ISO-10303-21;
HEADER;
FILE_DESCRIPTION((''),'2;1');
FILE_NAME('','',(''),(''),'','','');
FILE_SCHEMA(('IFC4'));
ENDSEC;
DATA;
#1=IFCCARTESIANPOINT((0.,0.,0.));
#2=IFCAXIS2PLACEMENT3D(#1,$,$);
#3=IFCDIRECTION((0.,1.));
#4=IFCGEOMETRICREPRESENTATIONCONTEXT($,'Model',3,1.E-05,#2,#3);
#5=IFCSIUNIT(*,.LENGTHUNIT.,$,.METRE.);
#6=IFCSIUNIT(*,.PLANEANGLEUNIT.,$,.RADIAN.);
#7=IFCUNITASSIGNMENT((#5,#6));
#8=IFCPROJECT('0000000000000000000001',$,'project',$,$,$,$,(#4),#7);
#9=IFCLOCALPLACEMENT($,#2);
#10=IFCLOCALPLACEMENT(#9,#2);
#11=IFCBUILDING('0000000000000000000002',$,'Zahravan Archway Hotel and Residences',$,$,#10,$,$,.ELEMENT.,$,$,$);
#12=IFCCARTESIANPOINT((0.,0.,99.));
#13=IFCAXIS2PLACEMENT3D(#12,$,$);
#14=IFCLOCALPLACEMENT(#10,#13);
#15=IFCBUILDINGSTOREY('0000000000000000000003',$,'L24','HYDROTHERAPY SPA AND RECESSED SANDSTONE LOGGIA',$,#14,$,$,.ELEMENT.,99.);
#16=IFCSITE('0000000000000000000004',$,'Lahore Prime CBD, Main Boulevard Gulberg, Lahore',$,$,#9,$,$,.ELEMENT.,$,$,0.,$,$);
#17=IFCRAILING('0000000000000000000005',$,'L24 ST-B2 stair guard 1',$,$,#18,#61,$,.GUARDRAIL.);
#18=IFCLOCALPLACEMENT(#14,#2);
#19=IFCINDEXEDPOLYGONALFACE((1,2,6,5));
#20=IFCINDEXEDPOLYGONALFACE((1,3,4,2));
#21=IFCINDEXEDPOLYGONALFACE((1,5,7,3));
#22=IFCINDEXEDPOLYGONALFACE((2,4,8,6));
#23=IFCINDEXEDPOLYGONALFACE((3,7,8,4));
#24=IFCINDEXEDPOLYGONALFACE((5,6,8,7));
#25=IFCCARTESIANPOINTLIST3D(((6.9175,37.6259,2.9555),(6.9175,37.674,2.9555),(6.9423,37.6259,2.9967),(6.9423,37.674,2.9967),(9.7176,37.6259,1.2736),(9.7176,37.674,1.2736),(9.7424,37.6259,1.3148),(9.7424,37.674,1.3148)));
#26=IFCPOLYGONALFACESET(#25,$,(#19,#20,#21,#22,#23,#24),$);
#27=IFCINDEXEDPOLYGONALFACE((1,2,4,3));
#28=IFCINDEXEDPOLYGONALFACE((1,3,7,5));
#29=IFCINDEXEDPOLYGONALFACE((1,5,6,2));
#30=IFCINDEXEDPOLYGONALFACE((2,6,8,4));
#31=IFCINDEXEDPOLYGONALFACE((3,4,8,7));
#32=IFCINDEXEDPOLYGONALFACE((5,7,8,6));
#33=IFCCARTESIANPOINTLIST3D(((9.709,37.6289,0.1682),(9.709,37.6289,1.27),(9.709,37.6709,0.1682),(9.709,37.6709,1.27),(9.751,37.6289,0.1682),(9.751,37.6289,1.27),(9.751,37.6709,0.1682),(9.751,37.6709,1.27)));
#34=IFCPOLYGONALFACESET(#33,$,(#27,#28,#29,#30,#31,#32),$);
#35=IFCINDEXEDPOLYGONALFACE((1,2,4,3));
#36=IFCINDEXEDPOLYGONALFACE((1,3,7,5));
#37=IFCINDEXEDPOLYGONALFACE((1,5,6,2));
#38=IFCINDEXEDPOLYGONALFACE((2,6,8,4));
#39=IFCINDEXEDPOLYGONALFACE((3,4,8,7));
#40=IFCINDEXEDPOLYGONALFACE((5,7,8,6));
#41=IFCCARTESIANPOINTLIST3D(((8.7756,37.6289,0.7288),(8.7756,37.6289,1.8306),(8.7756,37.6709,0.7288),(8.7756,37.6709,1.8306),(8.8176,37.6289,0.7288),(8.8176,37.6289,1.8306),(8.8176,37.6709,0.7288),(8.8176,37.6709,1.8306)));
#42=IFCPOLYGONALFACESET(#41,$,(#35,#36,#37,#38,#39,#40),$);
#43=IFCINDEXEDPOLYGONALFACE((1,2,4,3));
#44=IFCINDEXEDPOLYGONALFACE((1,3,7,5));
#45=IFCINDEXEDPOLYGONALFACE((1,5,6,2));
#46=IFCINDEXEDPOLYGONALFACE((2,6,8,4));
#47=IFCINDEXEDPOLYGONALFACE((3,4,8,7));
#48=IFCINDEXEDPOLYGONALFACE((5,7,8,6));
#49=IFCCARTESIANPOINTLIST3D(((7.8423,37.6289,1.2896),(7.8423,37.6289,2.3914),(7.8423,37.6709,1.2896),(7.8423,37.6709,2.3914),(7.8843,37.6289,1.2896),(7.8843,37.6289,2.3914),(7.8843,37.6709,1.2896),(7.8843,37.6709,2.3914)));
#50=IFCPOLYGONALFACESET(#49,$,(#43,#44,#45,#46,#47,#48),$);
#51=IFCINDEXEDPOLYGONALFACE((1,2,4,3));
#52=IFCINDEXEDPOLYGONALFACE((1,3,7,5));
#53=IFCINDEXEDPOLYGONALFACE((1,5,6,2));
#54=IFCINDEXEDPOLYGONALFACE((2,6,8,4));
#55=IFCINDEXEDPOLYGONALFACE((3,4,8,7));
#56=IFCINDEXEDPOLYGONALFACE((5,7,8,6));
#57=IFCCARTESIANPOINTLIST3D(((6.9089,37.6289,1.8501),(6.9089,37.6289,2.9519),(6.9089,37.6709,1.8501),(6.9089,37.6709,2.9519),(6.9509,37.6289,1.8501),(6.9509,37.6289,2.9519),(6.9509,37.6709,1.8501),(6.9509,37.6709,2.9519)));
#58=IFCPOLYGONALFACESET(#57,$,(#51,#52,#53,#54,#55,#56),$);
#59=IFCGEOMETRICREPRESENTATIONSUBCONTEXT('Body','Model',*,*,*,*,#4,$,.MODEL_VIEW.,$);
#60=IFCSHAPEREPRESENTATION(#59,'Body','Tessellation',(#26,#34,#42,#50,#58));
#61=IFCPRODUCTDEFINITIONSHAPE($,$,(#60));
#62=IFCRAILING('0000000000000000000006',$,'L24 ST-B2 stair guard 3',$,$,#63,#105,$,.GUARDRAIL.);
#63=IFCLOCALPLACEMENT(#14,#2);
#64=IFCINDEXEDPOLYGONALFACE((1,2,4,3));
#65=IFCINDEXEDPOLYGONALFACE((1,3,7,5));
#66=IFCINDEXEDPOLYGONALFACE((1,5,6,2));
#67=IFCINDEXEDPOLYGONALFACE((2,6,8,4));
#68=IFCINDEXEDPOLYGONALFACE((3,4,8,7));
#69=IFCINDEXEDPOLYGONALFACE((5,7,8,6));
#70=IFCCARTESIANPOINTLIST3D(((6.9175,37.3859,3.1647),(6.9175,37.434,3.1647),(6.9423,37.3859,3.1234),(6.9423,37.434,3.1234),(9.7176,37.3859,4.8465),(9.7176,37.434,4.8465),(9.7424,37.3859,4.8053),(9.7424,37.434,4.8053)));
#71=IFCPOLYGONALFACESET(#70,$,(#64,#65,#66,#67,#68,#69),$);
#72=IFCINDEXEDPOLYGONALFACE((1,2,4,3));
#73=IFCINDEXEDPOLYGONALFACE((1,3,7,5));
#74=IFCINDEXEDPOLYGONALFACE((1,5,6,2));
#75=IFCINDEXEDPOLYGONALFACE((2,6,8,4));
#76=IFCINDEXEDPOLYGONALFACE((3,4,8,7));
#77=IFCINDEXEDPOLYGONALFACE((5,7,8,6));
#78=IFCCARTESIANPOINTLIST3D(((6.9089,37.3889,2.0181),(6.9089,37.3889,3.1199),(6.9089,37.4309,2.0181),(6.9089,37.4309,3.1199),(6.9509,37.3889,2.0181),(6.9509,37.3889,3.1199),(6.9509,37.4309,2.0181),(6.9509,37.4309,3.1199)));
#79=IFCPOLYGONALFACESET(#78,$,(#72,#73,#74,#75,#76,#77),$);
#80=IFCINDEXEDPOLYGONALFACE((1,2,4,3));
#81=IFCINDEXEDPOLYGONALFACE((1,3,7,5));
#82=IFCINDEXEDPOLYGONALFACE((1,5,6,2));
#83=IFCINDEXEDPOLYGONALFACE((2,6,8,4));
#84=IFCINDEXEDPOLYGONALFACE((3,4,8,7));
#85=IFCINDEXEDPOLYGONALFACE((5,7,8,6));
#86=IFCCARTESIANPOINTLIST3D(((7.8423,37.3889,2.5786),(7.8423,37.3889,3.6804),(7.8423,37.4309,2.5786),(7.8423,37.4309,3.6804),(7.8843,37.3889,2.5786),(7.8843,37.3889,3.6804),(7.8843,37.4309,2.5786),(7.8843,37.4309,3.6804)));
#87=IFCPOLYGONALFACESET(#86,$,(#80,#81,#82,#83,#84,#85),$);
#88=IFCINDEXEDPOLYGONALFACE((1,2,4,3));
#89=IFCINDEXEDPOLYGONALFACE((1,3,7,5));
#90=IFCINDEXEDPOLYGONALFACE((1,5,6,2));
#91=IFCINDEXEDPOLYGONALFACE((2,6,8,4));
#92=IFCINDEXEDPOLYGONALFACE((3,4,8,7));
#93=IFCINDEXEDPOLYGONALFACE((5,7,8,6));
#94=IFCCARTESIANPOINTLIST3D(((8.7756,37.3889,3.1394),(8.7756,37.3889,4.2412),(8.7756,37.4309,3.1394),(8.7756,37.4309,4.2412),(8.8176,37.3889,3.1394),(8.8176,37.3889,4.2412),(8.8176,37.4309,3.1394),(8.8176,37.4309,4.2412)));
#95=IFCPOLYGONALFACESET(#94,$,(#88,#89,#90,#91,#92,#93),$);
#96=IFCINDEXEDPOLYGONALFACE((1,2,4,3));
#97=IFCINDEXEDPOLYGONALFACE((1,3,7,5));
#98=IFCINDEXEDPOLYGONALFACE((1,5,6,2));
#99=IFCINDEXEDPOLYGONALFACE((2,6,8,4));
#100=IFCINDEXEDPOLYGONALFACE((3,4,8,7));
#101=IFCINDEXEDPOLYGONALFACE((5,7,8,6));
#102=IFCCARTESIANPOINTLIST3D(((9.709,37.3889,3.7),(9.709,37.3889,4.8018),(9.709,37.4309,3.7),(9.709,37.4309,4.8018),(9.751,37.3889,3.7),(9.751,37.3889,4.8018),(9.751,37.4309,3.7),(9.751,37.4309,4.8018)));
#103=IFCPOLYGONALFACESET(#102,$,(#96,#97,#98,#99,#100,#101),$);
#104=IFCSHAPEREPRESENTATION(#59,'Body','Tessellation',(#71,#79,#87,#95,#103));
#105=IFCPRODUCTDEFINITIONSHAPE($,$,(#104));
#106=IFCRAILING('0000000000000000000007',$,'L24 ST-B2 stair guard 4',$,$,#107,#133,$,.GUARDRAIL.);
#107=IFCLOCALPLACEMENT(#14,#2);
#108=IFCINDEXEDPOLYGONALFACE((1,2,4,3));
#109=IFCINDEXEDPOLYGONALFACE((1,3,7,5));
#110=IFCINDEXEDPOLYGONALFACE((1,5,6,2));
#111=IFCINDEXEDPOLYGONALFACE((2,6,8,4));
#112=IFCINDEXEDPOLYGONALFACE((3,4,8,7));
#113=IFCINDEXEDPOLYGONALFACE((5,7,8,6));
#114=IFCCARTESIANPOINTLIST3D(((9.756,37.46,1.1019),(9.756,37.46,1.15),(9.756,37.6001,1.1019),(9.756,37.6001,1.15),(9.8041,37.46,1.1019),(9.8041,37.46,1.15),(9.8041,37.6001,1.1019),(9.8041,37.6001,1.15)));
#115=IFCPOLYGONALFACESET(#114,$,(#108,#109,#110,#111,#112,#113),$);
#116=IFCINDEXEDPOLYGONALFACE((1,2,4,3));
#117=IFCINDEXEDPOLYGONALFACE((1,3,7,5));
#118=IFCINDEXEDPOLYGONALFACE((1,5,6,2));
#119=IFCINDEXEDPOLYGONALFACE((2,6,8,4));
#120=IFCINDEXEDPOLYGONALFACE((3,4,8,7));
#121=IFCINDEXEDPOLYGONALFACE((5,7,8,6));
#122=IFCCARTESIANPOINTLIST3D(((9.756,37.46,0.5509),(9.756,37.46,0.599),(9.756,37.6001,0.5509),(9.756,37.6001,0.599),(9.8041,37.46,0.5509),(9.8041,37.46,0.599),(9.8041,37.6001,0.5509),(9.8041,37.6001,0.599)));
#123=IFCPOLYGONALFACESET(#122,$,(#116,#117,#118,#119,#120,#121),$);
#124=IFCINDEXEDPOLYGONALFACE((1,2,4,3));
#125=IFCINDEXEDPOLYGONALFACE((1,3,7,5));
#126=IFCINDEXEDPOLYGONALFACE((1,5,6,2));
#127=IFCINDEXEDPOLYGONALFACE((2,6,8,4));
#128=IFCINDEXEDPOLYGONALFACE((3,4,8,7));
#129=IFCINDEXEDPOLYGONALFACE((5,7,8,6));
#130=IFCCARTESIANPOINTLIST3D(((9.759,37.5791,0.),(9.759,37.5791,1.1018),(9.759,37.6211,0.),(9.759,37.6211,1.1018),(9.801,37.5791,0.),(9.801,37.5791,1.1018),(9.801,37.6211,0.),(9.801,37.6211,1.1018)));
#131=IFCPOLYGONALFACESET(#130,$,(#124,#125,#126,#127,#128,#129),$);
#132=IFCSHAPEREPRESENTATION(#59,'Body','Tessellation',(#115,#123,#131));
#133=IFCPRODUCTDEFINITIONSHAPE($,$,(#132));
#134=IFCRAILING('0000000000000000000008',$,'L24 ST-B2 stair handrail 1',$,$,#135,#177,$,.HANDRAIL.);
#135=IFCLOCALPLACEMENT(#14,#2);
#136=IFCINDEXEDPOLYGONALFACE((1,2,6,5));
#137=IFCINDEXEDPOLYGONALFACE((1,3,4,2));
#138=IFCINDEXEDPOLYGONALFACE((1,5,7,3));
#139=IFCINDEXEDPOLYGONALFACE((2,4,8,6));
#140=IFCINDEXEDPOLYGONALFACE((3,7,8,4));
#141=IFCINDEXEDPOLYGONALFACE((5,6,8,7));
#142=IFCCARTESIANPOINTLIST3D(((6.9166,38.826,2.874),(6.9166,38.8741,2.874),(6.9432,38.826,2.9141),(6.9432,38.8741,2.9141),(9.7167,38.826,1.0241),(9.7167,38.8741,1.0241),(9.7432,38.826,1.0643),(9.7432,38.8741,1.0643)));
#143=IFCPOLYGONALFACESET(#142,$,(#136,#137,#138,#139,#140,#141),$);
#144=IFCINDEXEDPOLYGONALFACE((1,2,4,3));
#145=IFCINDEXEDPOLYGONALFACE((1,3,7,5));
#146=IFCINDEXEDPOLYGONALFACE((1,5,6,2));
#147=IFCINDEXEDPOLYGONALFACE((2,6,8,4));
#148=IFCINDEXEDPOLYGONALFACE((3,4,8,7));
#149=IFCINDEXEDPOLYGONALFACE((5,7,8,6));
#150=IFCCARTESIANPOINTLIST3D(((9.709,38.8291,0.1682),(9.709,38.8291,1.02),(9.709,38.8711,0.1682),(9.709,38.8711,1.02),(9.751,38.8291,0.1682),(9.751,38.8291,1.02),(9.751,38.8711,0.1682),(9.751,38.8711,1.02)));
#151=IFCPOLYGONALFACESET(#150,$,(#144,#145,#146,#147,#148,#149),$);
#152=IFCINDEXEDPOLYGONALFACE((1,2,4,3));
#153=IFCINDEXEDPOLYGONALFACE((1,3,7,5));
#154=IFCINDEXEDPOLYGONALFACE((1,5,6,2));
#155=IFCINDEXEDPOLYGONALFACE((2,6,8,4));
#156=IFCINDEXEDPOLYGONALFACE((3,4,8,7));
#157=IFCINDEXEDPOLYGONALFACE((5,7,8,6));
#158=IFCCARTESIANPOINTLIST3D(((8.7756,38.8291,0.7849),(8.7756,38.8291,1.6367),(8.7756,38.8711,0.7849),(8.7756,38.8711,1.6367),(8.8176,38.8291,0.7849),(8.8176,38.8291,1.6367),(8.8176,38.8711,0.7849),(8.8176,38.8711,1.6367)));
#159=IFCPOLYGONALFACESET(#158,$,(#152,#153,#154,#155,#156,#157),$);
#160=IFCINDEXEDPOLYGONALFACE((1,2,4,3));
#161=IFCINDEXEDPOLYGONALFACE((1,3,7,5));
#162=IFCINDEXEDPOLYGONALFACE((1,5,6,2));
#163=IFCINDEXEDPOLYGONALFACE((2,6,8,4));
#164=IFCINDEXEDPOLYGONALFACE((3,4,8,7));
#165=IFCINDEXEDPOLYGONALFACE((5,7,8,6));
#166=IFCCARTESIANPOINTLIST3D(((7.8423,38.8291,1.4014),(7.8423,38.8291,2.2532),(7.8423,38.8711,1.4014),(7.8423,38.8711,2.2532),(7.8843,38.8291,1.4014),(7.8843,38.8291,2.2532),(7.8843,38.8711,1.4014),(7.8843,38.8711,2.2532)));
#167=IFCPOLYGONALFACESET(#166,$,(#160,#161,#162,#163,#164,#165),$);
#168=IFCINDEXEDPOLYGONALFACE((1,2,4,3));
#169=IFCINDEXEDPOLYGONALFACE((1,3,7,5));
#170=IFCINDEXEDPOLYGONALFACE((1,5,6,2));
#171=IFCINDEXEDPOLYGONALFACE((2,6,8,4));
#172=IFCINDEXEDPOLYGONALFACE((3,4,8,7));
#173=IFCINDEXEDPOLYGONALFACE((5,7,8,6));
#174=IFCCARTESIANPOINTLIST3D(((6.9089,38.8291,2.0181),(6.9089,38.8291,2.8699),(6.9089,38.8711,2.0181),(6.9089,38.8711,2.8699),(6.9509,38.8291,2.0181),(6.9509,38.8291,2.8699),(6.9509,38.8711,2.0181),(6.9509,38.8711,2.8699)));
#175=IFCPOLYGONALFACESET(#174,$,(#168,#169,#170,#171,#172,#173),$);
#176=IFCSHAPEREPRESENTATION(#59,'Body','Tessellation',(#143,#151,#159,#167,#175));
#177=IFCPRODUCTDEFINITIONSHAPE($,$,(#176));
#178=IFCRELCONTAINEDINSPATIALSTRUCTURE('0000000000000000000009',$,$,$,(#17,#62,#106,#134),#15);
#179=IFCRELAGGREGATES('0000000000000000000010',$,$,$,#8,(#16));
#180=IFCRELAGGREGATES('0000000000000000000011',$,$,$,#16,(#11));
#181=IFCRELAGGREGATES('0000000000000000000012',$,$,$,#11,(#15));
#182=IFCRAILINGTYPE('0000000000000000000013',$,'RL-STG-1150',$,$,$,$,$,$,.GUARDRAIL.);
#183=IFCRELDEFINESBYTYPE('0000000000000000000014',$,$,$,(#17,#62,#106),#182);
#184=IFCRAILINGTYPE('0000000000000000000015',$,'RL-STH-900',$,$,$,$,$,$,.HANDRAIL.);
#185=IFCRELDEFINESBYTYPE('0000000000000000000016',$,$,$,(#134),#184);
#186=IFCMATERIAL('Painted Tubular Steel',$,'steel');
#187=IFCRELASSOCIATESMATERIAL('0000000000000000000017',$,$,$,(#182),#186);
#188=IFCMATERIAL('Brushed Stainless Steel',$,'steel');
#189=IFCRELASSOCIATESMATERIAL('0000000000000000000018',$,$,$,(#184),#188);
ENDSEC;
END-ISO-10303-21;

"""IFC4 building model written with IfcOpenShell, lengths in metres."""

from ifc_helpers import new_model, si_unit, direction, frame, origin, origin_2d, place, context, subcontext, project, spatial, rectangle, extrude, material, type_object, element, save


model = new_model("IFC4")

# Units and contexts
model_context = context("Model", 3, precision=1e-05, world=origin(), true_north=direction((0.0, 1.0)))
body_context = subcontext(model_context, "Body", "Model", "MODEL_VIEW")
ifc_project = project(units=[si_unit("LENGTHUNIT", "METRE"), si_unit("PLANEANGLEUNIT", "RADIAN")], contexts=[model_context])

# Site, building, storey
site_placement = place(None, origin())
site = spatial("IfcSite", under=ifc_project, at=site_placement, Name="Lahore Prime CBD, Main Boulevard Gulberg, Lahore", CompositionType="ELEMENT", RefElevation=0.0)
building_placement = place(site_placement, origin())
building = spatial("IfcBuilding", under=site, at=building_placement, Name="Zahravan Archway Hotel and Residences", CompositionType="ELEMENT")
storey_placement = place(building_placement, frame((0.0, 0.0, 99.0)))
storey = spatial("IfcBuildingStorey", under=building, at=storey_placement, Name="L24", Description="HYDROTHERAPY SPA AND RECESSED SANDSTONE LOGGIA", CompositionType="ELEMENT", Elevation=99.0)

# Railings
ifc_material_1 = material(Name="Painted Tubular Steel", Category="steel")
railing_type_1 = type_object("IfcRailingType", Name="RL-STG-1150", PredefinedType="GUARDRAIL", material=ifc_material_1)
railing_1_placement = place(storey_placement, frame((9.73, 37.6499, 0.1682)))
element("IfcRailing", 1, at=railing_1_placement, inside=storey, type_object=railing_type_1, Name="L24 ST-B2 stair guard 1", PredefinedType="GUARDRAIL", context=body_context, shape_type="SweptSolid", body=[
    extrude(rectangle(XDim=0.0481, YDim=0.0481, at=origin_2d()), frame((0.0, 0.0, 1.126), z_axis=(-0.857242, 0.0, 0.514913), x_axis=(0.0, -1.0, 0.0)), (0.0, 0.0, 1.0), 3.2664),
    extrude(rectangle(XDim=0.042, YDim=0.042, at=origin_2d()), origin(), (0.0, 0.0, 1.0), 1.1018),
    extrude(rectangle(XDim=0.042, YDim=0.042, at=origin_2d()), frame((-0.9333, 0.0, 0.5605)), (0.0, 0.0, 1.0), 1.1018),
    extrude(rectangle(XDim=0.042, YDim=0.042, at=origin_2d()), frame((-1.8667, 0.0, 1.1213)), (0.0, 0.0, 1.0), 1.1018),
    extrude(rectangle(XDim=0.042, YDim=0.042, at=origin_2d()), frame((-2.8, 0.0, 1.6819)), (0.0, 0.0, 1.0), 1.1018),
])
railing_2_placement = place(storey_placement, frame((6.9299, 37.4099, 2.0181)))
element("IfcRailing", 2, at=railing_2_placement, inside=storey, type_object=railing_type_1, Name="L24 ST-B2 stair guard 3", PredefinedType="GUARDRAIL", context=body_context, shape_type="SweptSolid", body=[
    extrude(rectangle(XDim=0.0481, YDim=0.0481, at=origin_2d()), frame((0.0, 0.0, 1.126), z_axis=(0.857242, 0.0, 0.514913), x_axis=(0.0, 1.0, 0.0)), (0.0, 0.0, 1.0), 3.2664),
    extrude(rectangle(XDim=0.042, YDim=0.042, at=origin_2d()), origin(), (0.0, 0.0, 1.0), 1.1018),
    extrude(rectangle(XDim=0.042, YDim=0.042, at=origin_2d()), frame((0.9333, 0.0, 0.5605)), (0.0, 0.0, 1.0), 1.1018),
    extrude(rectangle(XDim=0.042, YDim=0.042, at=origin_2d()), frame((1.8667, 0.0, 1.1213)), (0.0, 0.0, 1.0), 1.1018),
    extrude(rectangle(XDim=0.042, YDim=0.042, at=origin_2d()), frame((2.8, 0.0, 1.6819)), (0.0, 0.0, 1.0), 1.1018),
])
railing_3_placement = place(storey_placement, frame((9.78, 37.6001, 0.0)))
element("IfcRailing", 3, at=railing_3_placement, inside=storey, type_object=railing_type_1, Name="L24 ST-B2 stair guard 4", PredefinedType="GUARDRAIL", context=body_context, shape_type="SweptSolid", body=[
    extrude(rectangle(XDim=0.0481, YDim=0.0481, at=origin_2d()), frame((0.0, 0.0, 1.126), z_axis=(0.0, -1.0, 0.0), x_axis=(1.0, 0.0, 0.0)), (0.0, 0.0, 1.0), 0.1401),
    extrude(rectangle(XDim=0.0481, YDim=0.0481, at=origin_2d()), frame((0.0, 0.0, 0.575), z_axis=(0.0, -1.0, 0.0), x_axis=(1.0, 0.0, 0.0)), (0.0, 0.0, 1.0), 0.1401),
    extrude(rectangle(XDim=0.042, YDim=0.042, at=origin_2d()), origin(), (0.0, 0.0, 1.0), 1.1018),
])
ifc_material_2 = material(Name="Brushed Stainless Steel", Category="steel")
railing_type_2 = type_object("IfcRailingType", Name="RL-STH-900", PredefinedType="HANDRAIL", material=ifc_material_2)
railing_4_placement = place(storey_placement, frame((9.73, 38.8501, 0.1682)))
element("IfcRailing", 4, at=railing_4_placement, inside=storey, type_object=railing_type_2, Name="L24 ST-B2 stair handrail 1", PredefinedType="HANDRAIL", context=body_context, shape_type="SweptSolid", body=[
    extrude(rectangle(XDim=0.0481, YDim=0.0481, at=origin_2d()), frame((0.0, 0.0, 0.876), z_axis=(-0.83436, 0.0, 0.55122), x_axis=(0.0, -1.0, 0.0)), (0.0, 0.0, 1.0), 3.356),
    extrude(rectangle(XDim=0.042, YDim=0.042, at=origin_2d()), origin(), (0.0, 0.0, 1.0), 0.8518),
    extrude(rectangle(XDim=0.042, YDim=0.042, at=origin_2d()), frame((-0.9333, 0.0, 0.6167)), (0.0, 0.0, 1.0), 0.8518),
    extrude(rectangle(XDim=0.042, YDim=0.042, at=origin_2d()), frame((-1.8667, 0.0, 1.2332)), (0.0, 0.0, 1.0), 0.8518),
    extrude(rectangle(XDim=0.042, YDim=0.042, at=origin_2d()), frame((-2.8, 0.0, 1.8499)), (0.0, 0.0, 1.0), 0.8518),
])

save(model, "model.ifc")
